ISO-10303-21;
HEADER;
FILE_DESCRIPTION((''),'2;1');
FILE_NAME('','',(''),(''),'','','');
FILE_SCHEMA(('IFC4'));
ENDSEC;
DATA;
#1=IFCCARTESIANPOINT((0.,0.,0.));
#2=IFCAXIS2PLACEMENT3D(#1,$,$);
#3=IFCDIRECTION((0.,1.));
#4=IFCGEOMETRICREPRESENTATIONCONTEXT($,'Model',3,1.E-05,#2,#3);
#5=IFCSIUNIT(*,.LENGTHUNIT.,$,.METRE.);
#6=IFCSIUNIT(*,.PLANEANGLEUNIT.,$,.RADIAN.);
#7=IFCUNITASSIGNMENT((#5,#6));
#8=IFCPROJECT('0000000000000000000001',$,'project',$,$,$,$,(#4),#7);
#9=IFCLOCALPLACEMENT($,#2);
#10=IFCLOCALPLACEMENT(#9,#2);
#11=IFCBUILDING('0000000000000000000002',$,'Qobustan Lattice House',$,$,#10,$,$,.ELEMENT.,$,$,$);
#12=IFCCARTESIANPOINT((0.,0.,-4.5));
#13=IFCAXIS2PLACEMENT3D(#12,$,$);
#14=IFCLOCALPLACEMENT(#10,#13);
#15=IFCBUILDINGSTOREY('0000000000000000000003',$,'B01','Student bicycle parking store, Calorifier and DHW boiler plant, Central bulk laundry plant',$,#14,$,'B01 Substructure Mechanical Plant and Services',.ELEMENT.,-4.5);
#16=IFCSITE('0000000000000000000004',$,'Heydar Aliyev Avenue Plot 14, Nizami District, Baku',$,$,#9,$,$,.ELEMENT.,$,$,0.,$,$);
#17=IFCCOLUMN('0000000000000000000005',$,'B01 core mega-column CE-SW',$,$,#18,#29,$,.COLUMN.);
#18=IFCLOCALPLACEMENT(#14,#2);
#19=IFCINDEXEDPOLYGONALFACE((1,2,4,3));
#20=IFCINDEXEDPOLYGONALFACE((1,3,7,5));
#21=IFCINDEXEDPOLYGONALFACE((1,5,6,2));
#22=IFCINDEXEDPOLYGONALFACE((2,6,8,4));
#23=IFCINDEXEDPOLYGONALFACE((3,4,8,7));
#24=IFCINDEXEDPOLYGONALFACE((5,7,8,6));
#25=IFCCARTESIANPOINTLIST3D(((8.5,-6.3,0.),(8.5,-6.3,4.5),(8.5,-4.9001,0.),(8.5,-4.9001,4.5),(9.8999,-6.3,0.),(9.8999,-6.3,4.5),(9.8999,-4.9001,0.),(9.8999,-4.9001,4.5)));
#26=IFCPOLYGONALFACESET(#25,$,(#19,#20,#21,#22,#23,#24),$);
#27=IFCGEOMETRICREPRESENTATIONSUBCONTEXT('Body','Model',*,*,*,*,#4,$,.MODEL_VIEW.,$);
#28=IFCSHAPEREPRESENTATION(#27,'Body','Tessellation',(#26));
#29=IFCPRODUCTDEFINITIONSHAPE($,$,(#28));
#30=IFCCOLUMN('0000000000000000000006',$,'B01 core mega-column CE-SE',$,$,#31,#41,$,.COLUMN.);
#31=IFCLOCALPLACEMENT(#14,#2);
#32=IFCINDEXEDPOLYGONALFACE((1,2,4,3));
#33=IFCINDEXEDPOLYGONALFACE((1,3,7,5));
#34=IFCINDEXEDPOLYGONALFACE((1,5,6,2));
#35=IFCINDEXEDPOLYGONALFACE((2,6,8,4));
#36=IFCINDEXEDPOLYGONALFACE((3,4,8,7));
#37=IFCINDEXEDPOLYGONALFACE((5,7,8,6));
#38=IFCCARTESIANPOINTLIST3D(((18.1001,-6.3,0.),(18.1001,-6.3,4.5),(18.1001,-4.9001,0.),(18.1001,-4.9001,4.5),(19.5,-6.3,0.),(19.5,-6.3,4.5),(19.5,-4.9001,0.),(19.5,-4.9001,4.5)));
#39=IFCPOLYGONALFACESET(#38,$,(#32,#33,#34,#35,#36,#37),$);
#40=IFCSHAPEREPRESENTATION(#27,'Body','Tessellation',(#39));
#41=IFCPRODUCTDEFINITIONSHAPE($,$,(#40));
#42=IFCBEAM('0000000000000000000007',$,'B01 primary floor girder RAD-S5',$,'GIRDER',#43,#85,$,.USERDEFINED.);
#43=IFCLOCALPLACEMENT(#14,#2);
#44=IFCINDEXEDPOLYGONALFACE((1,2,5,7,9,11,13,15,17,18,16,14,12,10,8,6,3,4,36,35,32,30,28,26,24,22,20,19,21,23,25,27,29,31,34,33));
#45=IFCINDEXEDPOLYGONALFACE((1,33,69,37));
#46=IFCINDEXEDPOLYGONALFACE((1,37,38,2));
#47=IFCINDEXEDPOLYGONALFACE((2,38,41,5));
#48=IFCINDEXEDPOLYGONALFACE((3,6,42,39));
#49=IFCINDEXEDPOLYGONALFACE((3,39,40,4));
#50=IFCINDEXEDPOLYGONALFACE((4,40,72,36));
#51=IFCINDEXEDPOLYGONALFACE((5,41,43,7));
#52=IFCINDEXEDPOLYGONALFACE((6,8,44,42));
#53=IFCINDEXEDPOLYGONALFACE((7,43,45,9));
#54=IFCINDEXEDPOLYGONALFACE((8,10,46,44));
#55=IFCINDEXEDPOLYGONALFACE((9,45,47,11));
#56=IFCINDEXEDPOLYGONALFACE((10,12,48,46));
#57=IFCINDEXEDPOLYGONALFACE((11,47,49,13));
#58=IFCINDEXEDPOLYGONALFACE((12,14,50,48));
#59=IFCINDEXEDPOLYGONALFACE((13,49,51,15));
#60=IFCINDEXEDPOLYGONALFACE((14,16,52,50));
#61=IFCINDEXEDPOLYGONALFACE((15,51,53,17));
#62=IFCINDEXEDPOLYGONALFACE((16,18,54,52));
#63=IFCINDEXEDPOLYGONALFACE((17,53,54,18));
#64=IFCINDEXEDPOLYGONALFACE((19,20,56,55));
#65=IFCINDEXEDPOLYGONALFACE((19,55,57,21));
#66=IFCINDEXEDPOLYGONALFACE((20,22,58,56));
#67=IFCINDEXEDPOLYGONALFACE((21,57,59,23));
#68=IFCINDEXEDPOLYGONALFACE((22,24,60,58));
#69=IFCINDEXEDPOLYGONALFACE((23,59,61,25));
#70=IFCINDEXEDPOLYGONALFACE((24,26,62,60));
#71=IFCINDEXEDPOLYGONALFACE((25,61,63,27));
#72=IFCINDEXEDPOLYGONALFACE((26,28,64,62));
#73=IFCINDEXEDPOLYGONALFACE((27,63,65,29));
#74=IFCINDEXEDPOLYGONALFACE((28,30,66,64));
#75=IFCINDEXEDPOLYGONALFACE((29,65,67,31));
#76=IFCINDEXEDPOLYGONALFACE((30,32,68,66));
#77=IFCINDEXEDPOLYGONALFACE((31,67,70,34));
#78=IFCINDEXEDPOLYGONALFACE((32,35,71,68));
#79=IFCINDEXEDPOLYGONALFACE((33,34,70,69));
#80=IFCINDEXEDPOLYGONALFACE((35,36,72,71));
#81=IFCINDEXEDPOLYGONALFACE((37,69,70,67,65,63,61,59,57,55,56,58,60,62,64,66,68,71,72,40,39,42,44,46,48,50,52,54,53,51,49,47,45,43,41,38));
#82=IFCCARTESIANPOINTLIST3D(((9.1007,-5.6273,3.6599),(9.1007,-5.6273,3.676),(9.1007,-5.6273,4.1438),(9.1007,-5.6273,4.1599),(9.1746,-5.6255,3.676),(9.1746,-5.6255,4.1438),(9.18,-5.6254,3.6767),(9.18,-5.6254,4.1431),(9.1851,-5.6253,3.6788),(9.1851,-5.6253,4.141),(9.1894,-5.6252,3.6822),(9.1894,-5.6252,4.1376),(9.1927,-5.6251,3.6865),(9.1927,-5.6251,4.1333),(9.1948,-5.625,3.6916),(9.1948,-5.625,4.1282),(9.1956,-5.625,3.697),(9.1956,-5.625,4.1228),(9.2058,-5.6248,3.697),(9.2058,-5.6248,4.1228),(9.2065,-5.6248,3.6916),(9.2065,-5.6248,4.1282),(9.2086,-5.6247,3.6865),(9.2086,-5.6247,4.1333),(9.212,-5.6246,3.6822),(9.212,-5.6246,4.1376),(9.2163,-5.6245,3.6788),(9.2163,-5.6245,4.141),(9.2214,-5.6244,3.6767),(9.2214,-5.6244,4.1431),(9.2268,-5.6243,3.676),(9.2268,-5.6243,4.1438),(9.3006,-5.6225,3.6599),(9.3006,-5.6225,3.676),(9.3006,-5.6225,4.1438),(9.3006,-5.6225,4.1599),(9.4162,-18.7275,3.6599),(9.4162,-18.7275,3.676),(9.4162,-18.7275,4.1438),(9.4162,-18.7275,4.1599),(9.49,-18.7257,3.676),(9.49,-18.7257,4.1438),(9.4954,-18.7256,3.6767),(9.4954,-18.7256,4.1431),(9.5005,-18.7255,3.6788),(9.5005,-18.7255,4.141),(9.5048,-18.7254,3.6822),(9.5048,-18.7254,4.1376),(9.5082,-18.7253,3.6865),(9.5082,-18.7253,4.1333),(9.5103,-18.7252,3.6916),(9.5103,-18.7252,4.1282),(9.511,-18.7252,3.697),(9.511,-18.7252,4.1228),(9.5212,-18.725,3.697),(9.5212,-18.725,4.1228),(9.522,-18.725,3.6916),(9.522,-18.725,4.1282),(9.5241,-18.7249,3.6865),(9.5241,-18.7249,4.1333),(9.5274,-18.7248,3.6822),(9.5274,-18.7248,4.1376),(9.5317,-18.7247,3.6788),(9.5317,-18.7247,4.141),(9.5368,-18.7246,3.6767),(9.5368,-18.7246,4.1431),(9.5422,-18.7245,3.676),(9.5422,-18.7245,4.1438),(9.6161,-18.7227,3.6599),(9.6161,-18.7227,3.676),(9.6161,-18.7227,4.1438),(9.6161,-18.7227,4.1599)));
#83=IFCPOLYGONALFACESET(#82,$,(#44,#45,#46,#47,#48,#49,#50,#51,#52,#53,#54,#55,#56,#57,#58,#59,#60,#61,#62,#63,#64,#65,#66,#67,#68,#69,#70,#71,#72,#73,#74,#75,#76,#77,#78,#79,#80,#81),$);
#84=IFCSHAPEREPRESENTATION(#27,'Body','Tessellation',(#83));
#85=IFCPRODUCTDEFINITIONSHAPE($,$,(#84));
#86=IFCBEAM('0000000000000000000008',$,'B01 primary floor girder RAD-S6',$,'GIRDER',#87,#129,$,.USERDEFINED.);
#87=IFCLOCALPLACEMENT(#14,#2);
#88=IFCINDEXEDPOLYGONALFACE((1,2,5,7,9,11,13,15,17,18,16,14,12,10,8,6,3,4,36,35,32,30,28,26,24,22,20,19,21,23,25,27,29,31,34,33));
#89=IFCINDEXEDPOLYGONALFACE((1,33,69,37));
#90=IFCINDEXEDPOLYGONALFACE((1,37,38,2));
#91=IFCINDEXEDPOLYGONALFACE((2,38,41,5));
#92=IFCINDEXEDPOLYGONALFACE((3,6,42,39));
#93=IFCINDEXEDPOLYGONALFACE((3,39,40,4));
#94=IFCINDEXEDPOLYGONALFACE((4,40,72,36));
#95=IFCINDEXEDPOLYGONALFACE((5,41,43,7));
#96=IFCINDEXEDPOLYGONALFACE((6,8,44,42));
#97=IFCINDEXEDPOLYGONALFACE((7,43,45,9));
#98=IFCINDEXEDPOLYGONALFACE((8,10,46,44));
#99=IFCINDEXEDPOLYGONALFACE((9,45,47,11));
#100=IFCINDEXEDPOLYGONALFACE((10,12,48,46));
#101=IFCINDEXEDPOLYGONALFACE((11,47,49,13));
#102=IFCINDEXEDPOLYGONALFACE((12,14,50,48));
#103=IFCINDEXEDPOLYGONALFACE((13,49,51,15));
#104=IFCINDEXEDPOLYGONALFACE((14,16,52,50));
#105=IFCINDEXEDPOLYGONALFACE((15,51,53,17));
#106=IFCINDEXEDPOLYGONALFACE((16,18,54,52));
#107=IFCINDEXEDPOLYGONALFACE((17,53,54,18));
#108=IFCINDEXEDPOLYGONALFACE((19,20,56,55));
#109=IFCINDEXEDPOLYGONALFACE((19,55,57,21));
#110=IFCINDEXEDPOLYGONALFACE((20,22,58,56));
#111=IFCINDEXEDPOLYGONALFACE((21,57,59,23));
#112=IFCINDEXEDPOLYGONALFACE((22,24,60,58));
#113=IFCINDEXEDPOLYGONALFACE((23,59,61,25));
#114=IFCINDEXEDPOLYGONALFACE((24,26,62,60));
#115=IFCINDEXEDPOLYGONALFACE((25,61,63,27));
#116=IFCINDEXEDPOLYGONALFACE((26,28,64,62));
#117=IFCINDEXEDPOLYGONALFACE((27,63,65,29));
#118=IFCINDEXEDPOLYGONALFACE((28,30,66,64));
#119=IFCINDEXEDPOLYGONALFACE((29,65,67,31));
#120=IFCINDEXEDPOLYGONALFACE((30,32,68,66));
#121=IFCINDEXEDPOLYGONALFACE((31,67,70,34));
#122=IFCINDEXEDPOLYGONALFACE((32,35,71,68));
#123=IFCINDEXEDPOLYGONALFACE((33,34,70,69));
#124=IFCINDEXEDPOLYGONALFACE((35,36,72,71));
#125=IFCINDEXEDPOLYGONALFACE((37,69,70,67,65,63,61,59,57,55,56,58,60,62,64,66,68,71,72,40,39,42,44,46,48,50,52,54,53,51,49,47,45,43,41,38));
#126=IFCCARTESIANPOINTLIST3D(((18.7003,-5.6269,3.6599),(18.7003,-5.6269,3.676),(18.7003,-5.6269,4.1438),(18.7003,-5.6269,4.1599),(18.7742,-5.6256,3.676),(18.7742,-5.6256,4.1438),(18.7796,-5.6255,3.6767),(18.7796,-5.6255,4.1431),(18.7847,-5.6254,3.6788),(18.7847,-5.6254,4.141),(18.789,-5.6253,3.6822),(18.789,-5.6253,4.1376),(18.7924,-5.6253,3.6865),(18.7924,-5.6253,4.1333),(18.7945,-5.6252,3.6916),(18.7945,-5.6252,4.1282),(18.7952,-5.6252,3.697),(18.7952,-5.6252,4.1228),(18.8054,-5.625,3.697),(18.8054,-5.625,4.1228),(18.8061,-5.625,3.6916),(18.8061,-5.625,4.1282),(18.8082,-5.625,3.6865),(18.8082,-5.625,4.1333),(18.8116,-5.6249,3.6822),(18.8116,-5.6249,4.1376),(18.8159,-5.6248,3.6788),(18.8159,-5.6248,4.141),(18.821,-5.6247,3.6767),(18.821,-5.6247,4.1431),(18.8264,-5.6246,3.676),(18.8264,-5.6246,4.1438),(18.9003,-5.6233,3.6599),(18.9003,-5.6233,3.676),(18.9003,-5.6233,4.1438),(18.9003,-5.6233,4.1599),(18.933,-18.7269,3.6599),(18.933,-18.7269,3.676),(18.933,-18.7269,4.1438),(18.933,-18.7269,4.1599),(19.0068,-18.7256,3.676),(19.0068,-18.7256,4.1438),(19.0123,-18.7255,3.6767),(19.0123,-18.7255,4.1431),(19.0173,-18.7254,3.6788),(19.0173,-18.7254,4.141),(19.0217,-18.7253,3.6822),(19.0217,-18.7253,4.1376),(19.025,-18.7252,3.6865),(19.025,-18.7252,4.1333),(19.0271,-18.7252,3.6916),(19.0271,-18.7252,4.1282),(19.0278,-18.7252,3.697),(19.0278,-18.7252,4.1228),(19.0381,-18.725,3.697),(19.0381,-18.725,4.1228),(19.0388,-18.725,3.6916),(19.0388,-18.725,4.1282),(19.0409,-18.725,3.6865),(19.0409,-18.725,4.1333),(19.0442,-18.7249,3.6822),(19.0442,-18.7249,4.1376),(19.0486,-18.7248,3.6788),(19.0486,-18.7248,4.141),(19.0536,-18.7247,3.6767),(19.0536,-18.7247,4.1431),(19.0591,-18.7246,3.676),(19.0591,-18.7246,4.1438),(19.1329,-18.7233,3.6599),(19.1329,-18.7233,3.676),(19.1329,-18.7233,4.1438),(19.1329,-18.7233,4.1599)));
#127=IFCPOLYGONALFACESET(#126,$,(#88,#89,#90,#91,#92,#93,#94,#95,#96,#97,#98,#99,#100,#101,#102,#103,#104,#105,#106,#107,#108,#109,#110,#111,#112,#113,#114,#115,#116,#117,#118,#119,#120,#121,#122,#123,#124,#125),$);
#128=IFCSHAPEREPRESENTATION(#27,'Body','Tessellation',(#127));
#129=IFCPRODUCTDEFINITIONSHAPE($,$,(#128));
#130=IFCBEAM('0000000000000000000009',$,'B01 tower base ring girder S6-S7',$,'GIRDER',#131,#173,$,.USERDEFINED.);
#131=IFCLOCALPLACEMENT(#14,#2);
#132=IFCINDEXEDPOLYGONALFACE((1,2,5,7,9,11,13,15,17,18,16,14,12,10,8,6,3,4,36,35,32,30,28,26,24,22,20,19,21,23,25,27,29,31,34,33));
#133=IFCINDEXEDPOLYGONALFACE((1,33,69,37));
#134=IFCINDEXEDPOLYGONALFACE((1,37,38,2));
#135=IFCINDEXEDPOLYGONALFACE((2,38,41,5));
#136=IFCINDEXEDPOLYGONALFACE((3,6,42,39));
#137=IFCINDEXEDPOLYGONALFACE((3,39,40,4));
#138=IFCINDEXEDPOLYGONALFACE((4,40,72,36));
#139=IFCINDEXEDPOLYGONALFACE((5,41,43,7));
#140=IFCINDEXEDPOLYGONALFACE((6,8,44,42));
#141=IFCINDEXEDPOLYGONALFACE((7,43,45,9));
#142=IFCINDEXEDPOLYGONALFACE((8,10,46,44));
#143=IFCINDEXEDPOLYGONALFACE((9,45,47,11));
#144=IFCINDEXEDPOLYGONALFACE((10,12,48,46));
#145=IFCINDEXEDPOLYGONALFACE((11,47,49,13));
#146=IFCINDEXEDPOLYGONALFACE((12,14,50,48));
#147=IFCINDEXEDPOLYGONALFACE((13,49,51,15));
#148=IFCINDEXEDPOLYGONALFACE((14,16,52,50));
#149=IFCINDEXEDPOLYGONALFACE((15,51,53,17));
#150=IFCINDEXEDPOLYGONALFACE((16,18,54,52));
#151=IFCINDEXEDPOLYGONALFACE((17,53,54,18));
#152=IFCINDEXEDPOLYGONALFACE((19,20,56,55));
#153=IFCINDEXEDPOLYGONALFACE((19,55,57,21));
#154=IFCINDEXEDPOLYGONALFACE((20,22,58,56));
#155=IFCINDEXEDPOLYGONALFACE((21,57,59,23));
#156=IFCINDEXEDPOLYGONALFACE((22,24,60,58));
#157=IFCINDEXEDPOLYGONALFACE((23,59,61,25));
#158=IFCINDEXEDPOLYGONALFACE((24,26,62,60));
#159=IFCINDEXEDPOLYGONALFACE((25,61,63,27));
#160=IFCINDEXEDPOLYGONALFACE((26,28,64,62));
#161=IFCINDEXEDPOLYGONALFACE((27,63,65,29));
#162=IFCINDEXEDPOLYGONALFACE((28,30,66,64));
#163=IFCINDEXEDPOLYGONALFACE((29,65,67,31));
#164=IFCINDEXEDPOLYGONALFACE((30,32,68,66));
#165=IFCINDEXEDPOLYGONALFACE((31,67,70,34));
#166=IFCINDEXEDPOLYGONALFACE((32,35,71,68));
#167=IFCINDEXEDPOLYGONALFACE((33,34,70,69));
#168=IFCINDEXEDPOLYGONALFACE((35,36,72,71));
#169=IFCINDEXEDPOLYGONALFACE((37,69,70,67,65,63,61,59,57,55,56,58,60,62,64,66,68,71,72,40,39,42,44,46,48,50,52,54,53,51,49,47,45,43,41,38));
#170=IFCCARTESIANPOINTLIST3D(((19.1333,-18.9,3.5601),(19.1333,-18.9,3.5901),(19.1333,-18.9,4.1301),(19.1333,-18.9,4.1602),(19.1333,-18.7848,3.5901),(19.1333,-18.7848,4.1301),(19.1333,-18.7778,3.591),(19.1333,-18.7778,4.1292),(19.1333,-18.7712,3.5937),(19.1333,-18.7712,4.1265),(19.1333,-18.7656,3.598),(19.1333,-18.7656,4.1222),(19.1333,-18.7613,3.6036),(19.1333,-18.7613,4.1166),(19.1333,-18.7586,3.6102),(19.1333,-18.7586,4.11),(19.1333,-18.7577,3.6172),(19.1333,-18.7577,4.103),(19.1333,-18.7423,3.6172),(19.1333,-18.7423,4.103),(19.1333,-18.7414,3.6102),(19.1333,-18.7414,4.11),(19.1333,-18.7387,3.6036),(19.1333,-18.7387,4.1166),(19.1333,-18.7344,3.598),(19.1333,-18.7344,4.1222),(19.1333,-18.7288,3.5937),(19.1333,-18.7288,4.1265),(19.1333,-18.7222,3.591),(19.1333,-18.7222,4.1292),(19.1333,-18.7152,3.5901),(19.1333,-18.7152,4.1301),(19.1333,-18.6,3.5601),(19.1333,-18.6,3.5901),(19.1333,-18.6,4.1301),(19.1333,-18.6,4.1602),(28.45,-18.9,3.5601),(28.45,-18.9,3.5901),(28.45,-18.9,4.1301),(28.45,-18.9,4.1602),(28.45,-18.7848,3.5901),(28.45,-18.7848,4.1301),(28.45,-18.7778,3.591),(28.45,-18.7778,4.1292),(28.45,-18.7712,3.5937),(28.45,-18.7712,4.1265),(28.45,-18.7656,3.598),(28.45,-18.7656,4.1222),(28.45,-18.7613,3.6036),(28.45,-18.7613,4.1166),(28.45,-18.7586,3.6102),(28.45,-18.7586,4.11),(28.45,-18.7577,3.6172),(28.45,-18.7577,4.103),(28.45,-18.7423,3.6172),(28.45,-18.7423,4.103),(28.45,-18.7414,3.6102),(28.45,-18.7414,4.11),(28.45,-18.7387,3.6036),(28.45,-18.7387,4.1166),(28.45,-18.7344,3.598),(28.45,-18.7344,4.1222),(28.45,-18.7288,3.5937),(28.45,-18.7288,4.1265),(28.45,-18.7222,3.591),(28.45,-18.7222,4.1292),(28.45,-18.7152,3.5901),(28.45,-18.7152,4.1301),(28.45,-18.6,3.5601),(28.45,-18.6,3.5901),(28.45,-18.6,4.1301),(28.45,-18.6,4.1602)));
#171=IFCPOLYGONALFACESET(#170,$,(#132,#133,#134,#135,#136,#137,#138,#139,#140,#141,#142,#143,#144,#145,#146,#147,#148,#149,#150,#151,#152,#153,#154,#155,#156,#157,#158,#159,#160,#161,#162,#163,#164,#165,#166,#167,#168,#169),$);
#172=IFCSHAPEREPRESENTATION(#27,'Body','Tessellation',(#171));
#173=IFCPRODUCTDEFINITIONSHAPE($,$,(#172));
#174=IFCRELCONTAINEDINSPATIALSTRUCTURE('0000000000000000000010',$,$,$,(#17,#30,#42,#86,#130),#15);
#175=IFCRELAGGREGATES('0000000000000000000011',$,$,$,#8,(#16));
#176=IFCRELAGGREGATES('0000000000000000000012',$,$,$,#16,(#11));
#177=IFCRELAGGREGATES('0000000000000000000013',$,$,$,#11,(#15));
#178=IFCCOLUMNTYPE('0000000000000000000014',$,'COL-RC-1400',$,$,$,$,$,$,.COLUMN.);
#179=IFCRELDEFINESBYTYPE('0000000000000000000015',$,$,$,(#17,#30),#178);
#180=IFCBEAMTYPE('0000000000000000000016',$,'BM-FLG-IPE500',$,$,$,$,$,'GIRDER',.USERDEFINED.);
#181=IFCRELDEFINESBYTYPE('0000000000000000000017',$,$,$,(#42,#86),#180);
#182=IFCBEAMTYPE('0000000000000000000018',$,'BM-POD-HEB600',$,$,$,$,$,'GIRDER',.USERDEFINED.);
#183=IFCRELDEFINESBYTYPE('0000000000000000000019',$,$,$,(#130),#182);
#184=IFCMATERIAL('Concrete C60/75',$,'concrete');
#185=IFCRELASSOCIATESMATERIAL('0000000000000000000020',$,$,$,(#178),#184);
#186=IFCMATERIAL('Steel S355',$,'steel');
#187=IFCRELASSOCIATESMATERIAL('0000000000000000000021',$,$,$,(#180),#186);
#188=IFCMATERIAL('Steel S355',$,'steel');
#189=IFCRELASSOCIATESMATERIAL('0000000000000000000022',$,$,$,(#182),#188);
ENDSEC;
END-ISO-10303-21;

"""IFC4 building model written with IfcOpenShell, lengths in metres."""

from ifc_helpers import new_model, si_unit, direction, frame, origin, origin_2d, place, context, subcontext, project, spatial, rectangle, i_section, extrude, material, material_profile, profile_set, type_object, element, save


model = new_model("IFC4")

# Units and contexts
model_context = context("Model", 3, precision=1e-05, world=origin(), true_north=direction((0.0, 1.0)))
body_context = subcontext(model_context, "Body", "Model", "MODEL_VIEW")
ifc_project = project(units=[si_unit("LENGTHUNIT", "METRE"), si_unit("PLANEANGLEUNIT", "RADIAN")], contexts=[model_context])

# Site, building, storey
site_placement = place(None, origin())
site = spatial("IfcSite", under=ifc_project, at=site_placement, Name="Heydar Aliyev Avenue Plot 14, Nizami District, Baku", CompositionType="ELEMENT", RefElevation=0.0)
building_placement = place(site_placement, origin())
building = spatial("IfcBuilding", under=site, at=building_placement, Name="Qobustan Lattice House", CompositionType="ELEMENT")
storey_placement = place(building_placement, frame((0.0, 0.0, -4.5)))
storey = spatial("IfcBuildingStorey", under=building, at=storey_placement, Name="B01", Description="Student bicycle parking store, Calorifier and DHW boiler plant, Central bulk laundry plant", LongName="B01 Substructure Mechanical Plant and Services", CompositionType="ELEMENT", Elevation=-4.5)

# Columns
ifc_material_1 = material(Name="Concrete C60/75", Category="concrete")
ifc_material_profile_1 = material_profile(ifc_material_1, rectangle(XDim=1.3999, YDim=1.3999, at=origin_2d()), Name="RC1400x1400")
ifc_profile_set_1 = profile_set([ifc_material_profile_1], Name="Concrete C60/75")
column_type = type_object("IfcColumnType", Name="COL-RC-1400", PredefinedType="COLUMN", material=ifc_profile_set_1)
for number, where, z_axis, x_axis, name in (
    (1, (9.2, -5.6001, 0.0), (0.0, 0.0, 1.0), (1.0, 0.0, 0.0), "B01 core mega-column CE-SW"),
    (2, (18.8, -5.6001, 0.0), (0.0, 0.0, 1.0), (1.0, 0.0, 0.0), "B01 core mega-column CE-SE"),
):
    element("IfcColumn", number, at=place(storey_placement, frame(where, z_axis=z_axis, x_axis=x_axis)), inside=storey, type_object=column_type, Name=name, PredefinedType="COLUMN", context=body_context, shape_type="SweptSolid", body=[
        extrude(rectangle(XDim=1.3999, YDim=1.3999, at=origin_2d()), origin(), (0.0, 0.0, 1.0), 4.5),
    ])

# Beams
ifc_material_2 = material(Name="Steel S355", Category="steel")
ifc_material_profile_2 = material_profile(ifc_material_2, i_section(OverallWidth=0.2, OverallDepth=0.5, WebThickness=0.0103, FlangeThickness=0.0161, FilletRadius=0.021, at=origin_2d()), Name="IPE500")
ifc_profile_set_2 = profile_set([ifc_material_profile_2], Name="Steel S355")
beam_type_1 = type_object("IfcBeamType", Name="BM-FLG-IPE500", ElementType="GIRDER", PredefinedType="USERDEFINED", material=ifc_profile_set_2)
beam_1_placement = place(storey_placement, frame((9.5161, -18.7251, 3.9099), z_axis=(-0.024071, 0.99971, 0.0), x_axis=(-0.99971, -0.024071, 0.0)))
element("IfcBeam", 3, at=beam_1_placement, inside=storey, type_object=beam_type_1, Name="B01 primary floor girder RAD-S5", ObjectType="GIRDER", PredefinedType="USERDEFINED", context=body_context, shape_type="SweptSolid", body=[
    extrude(i_section(OverallWidth=0.2, OverallDepth=0.5, WebThickness=0.0103, FlangeThickness=0.0161, FilletRadius=0.021, at=origin_2d()), origin(), (0.0, 0.0, 1.0), 13.104),
])
beam_2_placement = place(storey_placement, frame((19.033, -18.7251, 3.9099), z_axis=(-0.017758, 0.999842, 0.0), x_axis=(-0.999842, -0.017758, 0.0)))
element("IfcBeam", 4, at=beam_2_placement, inside=storey, type_object=beam_type_1, Name="B01 primary floor girder RAD-S6", ObjectType="GIRDER", PredefinedType="USERDEFINED", context=body_context, shape_type="SweptSolid", body=[
    extrude(i_section(OverallWidth=0.2, OverallDepth=0.5, WebThickness=0.0103, FlangeThickness=0.0161, FilletRadius=0.021, at=origin_2d()), origin(), (0.0, 0.0, 1.0), 13.1021),
])
ifc_material_3 = material(Name="Steel S355", Category="steel")
ifc_material_profile_3 = material_profile(ifc_material_3, i_section(OverallWidth=0.3, OverallDepth=0.6001, WebThickness=0.0154, FlangeThickness=0.03, FilletRadius=0.0271, at=origin_2d()), Name="HEB600")
ifc_profile_set_3 = profile_set([ifc_material_profile_3], Name="Steel S355")
beam_type_2 = type_object("IfcBeamType", Name="BM-POD-HEB600", ElementType="GIRDER", PredefinedType="USERDEFINED", material=ifc_profile_set_3)
beam_3_placement = place(storey_placement, frame((19.1333, -18.75, 3.8601), z_axis=(1.0, 0.0, 0.0), x_axis=(0.0, 1.0, 0.0)))
element("IfcBeam", 5, at=beam_3_placement, inside=storey, type_object=beam_type_2, Name="B01 tower base ring girder S6-S7", ObjectType="GIRDER", PredefinedType="USERDEFINED", context=body_context, shape_type="SweptSolid", body=[
    extrude(i_section(OverallWidth=0.3, OverallDepth=0.6001, WebThickness=0.0154, FlangeThickness=0.03, FilletRadius=0.0271, at=origin_2d()), origin(), (0.0, 0.0, 1.0), 9.3167),
])

save(model, "model.ifc")
